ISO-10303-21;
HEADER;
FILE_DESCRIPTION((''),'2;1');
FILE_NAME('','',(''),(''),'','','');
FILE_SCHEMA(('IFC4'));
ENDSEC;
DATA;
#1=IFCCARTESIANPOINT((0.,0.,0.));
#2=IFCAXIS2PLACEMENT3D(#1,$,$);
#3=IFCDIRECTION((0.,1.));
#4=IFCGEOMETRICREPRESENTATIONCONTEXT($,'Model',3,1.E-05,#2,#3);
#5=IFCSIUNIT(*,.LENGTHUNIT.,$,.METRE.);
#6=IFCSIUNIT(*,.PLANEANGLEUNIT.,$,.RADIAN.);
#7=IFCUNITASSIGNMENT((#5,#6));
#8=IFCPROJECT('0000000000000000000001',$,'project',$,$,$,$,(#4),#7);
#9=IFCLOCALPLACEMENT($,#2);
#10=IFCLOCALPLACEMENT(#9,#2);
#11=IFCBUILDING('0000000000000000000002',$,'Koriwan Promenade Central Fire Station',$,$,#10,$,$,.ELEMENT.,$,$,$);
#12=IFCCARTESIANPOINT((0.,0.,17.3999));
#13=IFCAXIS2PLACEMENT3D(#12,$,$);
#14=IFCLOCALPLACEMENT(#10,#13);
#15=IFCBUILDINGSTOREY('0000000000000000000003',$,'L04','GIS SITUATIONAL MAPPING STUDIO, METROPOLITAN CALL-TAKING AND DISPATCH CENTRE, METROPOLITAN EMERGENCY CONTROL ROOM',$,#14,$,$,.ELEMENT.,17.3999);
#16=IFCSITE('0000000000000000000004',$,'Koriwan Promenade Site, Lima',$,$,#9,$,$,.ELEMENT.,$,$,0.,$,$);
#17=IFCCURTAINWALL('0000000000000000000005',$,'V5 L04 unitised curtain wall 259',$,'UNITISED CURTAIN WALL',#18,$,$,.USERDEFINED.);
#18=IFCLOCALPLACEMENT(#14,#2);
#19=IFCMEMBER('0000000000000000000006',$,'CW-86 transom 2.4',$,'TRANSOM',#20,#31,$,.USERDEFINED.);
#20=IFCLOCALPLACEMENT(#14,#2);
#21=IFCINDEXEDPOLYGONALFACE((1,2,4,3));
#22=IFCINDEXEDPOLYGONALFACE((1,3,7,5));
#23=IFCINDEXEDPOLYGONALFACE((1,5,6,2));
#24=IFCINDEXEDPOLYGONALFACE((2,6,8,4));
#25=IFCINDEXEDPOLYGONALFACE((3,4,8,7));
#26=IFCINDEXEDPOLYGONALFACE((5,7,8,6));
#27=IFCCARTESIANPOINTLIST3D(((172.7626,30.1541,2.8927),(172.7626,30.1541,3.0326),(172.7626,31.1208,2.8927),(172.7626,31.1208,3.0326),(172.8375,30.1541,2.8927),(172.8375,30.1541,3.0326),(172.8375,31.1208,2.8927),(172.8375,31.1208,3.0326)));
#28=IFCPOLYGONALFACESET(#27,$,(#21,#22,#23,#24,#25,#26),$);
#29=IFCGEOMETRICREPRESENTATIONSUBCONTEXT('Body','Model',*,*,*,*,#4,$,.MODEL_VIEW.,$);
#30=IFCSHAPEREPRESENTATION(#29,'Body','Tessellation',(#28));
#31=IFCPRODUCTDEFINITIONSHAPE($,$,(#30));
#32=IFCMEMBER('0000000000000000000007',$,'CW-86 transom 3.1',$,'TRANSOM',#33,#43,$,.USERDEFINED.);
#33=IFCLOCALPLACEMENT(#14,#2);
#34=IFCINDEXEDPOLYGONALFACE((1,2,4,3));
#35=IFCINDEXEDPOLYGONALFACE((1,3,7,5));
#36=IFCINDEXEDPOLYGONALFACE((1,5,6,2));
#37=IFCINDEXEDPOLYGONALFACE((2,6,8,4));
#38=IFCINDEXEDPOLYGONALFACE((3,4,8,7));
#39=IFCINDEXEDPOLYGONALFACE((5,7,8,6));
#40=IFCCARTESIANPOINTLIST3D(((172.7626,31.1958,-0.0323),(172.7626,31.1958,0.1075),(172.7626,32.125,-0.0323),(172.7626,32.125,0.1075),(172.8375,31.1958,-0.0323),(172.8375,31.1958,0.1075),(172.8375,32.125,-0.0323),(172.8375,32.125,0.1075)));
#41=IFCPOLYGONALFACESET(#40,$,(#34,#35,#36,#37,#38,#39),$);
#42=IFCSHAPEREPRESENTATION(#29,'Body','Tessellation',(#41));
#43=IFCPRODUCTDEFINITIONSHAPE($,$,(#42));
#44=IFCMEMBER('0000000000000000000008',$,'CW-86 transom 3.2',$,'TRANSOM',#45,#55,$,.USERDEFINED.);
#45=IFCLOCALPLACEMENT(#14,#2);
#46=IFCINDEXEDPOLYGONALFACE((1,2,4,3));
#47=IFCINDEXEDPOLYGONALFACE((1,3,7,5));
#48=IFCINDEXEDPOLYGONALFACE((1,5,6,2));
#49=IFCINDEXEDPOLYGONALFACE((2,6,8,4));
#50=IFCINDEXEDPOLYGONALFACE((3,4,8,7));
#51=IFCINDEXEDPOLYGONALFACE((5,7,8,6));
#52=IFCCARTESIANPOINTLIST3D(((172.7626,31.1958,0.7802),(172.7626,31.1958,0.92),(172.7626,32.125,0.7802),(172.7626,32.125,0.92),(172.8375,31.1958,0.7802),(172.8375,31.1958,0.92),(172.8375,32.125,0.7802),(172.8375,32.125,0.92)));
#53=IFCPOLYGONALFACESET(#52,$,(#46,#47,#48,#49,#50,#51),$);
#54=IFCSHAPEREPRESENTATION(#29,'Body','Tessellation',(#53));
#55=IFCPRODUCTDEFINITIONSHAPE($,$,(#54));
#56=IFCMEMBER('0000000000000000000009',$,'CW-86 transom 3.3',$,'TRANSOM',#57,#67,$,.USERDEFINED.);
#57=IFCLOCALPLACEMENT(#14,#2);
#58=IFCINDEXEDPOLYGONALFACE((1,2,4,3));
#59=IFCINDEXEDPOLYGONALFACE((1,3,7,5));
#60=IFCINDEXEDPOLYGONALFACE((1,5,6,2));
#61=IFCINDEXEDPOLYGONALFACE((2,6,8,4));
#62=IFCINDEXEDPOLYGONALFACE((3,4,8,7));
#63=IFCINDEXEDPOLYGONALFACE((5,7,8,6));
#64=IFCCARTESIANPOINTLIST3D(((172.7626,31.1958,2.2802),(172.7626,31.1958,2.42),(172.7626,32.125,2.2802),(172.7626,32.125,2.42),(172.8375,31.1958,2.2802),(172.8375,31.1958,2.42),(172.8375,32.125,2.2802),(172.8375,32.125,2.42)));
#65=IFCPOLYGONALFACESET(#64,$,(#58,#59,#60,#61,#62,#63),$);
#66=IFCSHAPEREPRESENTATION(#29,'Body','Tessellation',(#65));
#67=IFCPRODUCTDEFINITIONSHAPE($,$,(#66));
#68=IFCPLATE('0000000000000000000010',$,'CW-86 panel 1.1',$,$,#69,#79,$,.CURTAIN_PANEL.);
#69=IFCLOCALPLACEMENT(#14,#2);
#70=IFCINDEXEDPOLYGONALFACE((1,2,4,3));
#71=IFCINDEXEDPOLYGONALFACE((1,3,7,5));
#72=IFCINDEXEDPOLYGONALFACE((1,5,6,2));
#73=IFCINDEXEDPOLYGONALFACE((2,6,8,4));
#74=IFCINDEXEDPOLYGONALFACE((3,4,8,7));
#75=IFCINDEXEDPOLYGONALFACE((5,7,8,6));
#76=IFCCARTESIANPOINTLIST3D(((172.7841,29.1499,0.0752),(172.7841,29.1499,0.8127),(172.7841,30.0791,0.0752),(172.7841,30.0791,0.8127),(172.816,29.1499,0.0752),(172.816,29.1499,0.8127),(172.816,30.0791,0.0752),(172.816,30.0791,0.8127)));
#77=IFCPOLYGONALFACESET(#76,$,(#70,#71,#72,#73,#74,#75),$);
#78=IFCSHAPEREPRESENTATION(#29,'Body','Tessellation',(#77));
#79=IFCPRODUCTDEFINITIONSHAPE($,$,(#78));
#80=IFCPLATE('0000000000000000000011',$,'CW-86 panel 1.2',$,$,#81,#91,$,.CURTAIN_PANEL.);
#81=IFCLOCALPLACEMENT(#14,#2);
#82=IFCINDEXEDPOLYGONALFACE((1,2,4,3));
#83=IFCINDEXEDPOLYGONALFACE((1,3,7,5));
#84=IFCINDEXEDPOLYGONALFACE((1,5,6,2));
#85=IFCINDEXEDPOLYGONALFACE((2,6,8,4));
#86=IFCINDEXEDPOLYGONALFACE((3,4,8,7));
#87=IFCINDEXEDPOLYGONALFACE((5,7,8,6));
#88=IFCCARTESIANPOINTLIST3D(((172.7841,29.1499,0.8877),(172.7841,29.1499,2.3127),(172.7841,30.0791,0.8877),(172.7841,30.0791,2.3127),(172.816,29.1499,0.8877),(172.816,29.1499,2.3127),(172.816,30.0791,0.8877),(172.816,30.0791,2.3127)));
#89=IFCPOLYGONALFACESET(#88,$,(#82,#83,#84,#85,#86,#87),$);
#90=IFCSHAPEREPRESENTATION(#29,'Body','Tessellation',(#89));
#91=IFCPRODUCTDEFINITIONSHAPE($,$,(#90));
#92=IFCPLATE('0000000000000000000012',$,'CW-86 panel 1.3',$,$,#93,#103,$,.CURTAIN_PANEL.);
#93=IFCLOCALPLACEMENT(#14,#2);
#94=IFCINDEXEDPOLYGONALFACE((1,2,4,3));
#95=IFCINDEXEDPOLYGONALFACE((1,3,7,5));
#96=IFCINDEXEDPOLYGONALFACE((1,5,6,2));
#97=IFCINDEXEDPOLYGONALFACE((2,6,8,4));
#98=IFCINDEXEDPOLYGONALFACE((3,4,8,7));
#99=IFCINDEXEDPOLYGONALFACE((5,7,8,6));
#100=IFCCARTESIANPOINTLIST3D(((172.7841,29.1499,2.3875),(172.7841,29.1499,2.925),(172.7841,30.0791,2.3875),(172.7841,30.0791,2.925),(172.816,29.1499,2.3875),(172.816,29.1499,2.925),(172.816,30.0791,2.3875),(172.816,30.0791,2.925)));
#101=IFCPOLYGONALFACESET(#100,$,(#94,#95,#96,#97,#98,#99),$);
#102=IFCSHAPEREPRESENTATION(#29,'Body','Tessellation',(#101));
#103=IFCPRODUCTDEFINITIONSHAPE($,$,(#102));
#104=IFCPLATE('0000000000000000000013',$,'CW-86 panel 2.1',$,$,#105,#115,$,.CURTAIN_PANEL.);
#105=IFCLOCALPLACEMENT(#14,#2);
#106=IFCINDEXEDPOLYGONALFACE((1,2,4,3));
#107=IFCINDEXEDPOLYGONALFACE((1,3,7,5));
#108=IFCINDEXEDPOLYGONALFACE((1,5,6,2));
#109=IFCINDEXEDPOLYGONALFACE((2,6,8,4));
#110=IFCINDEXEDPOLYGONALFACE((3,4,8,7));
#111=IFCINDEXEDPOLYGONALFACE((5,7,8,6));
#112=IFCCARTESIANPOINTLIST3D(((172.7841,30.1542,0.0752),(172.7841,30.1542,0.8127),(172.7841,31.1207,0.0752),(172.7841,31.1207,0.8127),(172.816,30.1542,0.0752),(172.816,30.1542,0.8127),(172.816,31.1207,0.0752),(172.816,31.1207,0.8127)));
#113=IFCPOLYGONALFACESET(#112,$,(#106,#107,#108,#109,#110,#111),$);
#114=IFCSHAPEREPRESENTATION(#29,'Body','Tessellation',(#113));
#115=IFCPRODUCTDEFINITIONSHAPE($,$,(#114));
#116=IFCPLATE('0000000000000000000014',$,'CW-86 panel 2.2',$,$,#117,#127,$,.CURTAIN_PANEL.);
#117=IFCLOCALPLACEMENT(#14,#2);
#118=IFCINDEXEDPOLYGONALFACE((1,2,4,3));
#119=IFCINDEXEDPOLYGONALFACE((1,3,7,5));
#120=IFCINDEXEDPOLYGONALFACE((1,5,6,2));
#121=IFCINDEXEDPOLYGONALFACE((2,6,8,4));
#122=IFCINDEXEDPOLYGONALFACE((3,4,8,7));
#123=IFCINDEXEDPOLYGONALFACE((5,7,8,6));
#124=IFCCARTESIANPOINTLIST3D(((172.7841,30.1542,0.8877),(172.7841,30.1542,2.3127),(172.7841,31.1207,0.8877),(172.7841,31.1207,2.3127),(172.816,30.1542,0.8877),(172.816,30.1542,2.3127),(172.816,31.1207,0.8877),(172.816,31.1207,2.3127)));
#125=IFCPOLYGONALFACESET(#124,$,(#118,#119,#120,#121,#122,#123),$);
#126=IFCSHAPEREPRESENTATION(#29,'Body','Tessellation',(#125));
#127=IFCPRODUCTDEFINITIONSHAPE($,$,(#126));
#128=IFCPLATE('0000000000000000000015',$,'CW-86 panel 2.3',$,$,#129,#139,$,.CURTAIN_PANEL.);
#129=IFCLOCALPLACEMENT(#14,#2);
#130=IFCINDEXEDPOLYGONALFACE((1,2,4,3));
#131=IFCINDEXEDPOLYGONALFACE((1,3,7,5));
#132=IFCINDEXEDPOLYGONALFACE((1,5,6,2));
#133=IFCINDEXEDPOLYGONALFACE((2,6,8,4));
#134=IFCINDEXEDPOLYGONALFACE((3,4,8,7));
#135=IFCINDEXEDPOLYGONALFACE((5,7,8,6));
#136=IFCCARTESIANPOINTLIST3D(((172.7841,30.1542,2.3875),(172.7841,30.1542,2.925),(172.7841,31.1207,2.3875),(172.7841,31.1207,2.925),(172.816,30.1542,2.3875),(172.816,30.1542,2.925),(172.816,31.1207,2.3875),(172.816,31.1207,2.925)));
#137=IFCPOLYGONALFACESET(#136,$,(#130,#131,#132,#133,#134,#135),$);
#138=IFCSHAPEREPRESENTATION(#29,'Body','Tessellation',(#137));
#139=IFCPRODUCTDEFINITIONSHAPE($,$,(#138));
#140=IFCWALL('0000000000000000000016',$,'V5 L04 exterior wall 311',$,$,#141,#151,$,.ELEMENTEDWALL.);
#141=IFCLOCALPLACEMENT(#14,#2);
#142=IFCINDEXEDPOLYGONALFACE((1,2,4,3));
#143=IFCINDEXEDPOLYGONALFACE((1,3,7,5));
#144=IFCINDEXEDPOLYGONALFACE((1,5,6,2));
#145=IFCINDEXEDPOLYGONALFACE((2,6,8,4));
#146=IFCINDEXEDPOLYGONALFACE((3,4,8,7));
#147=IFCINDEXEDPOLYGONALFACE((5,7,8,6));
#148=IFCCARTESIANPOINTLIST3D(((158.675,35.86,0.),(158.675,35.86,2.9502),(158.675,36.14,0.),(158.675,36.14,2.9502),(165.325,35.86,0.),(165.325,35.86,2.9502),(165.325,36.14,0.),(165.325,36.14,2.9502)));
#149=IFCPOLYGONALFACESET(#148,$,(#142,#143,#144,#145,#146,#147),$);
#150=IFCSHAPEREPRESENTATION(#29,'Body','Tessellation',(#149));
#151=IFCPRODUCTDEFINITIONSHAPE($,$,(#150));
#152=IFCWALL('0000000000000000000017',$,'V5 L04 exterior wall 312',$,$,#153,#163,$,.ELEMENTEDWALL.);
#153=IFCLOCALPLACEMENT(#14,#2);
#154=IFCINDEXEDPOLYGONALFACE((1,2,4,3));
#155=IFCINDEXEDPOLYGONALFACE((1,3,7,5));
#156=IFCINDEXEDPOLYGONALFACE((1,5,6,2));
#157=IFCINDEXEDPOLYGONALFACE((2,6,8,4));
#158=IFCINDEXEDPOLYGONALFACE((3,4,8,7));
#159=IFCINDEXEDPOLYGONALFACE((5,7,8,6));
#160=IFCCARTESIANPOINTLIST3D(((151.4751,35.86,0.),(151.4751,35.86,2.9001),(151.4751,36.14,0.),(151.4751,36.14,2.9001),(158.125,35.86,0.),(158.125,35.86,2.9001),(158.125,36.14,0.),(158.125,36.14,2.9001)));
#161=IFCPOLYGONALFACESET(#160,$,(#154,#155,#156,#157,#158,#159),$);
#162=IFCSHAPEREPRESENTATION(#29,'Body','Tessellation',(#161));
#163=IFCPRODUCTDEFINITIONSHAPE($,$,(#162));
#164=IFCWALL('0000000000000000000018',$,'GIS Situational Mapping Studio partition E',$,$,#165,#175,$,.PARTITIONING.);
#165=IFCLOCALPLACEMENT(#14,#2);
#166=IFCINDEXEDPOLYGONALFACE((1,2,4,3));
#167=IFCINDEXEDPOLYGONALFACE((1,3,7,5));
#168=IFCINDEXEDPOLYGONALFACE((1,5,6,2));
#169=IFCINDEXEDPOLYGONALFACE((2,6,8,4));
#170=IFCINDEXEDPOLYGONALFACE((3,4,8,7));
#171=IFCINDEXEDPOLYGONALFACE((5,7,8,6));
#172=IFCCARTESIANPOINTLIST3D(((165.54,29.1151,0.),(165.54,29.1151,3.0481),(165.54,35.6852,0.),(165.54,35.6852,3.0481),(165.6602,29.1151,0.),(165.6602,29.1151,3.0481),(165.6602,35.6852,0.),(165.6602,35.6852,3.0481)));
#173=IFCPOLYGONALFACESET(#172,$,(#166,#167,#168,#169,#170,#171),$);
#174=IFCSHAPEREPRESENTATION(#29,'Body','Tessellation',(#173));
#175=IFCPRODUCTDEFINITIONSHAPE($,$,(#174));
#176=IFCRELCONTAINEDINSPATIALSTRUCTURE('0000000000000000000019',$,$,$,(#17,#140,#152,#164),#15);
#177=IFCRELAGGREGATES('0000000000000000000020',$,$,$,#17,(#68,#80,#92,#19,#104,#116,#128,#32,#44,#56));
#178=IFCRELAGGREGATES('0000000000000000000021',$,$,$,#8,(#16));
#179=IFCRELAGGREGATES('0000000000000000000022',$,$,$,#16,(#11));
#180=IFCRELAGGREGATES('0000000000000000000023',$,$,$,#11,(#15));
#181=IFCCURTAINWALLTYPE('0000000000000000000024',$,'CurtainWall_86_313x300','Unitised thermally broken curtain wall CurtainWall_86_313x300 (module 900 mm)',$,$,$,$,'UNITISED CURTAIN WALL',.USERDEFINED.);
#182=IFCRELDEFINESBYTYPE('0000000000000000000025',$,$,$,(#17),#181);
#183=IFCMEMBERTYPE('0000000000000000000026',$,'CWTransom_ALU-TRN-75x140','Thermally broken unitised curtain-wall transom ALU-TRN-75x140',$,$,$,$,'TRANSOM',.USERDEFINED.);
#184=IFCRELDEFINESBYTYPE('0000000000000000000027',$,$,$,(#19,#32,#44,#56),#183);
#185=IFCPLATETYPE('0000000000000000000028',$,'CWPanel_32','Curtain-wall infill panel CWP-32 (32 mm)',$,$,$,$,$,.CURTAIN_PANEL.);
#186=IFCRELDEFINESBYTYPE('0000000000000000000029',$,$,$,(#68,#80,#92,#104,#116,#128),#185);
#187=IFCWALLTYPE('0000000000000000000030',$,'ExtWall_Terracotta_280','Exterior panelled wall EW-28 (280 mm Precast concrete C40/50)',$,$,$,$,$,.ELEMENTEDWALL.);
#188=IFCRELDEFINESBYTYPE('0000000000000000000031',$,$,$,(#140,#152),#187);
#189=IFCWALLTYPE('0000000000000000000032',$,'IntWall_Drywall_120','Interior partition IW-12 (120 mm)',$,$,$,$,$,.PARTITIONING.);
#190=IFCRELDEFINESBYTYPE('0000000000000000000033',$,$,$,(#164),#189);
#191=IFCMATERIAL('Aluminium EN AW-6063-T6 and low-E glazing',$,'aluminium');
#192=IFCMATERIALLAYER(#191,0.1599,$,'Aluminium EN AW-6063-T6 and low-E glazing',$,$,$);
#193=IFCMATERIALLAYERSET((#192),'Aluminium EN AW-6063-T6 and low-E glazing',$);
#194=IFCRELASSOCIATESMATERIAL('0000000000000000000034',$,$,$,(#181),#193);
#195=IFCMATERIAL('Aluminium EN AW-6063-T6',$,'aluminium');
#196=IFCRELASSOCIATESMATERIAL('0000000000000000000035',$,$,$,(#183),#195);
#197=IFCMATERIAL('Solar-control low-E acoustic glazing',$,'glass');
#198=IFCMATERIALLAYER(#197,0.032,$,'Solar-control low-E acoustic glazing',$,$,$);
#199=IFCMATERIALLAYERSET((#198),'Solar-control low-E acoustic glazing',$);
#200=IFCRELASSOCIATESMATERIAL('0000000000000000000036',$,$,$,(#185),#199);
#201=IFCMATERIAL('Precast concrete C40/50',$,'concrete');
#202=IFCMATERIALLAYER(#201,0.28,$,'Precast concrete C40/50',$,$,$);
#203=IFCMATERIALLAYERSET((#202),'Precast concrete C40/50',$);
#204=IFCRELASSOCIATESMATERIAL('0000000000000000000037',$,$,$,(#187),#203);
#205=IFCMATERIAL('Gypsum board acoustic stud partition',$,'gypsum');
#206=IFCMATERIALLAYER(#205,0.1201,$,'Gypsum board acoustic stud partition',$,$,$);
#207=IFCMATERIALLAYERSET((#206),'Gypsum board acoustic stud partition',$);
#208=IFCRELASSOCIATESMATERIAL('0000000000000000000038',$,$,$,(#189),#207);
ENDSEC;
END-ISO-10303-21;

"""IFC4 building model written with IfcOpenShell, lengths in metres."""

from ifc_helpers import new_model, si_unit, direction, frame, frame_2d, origin, origin_2d, place, context, subcontext, project, spatial, rectangle, extrude, material, layer, layer_set, material_profile, profile_set, type_object, element, aggregate, save


model = new_model("IFC4")

# Units and contexts
model_context = context("Model", 3, precision=1e-05, world=origin(), true_north=direction((0.0, 1.0)))
body_context = subcontext(model_context, "Body", "Model", "MODEL_VIEW")
ifc_project = project(units=[si_unit("LENGTHUNIT", "METRE"), si_unit("PLANEANGLEUNIT", "RADIAN")], contexts=[model_context])

# Site, building, storey
site_placement = place(None, origin())
site = spatial("IfcSite", under=ifc_project, at=site_placement, Name="Koriwan Promenade Site, Lima", CompositionType="ELEMENT", RefElevation=0.0)
building_placement = place(site_placement, origin())
building = spatial("IfcBuilding", under=site, at=building_placement, Name="Koriwan Promenade Central Fire Station", CompositionType="ELEMENT")
storey_placement = place(building_placement, frame((0.0, 0.0, 17.3999)))
storey = spatial("IfcBuildingStorey", under=building, at=storey_placement, Name="L04", Description="GIS SITUATIONAL MAPPING STUDIO, METROPOLITAN CALL-TAKING AND DISPATCH CENTRE, METROPOLITAN EMERGENCY CONTROL ROOM", CompositionType="ELEMENT", Elevation=17.3999)

# Curtain wall, members, plates
ifc_material_1 = material(Name="Aluminium EN AW-6063-T6 and low-E glazing", Category="aluminium")
ifc_layer_1 = layer(ifc_material_1, 0.1599, Name="Aluminium EN AW-6063-T6 and low-E glazing")
ifc_layer_set_1 = layer_set([ifc_layer_1], Name="Aluminium EN AW-6063-T6 and low-E glazing")
curtain_wall_type = type_object("IfcCurtainWallType", Name="CurtainWall_86_313x300", Description="Unitised thermally broken curtain wall CurtainWall_86_313x300 (module 900 mm)", ElementType="UNITISED CURTAIN WALL", PredefinedType="USERDEFINED", material=ifc_layer_set_1)
curtain_wall_placement = place(storey_placement, origin())
curtain_wall = element("IfcCurtainWall", 1, at=curtain_wall_placement, inside=storey, type_object=curtain_wall_type, Name="V5 L04 unitised curtain wall 259", ObjectType="UNITISED CURTAIN WALL", PredefinedType="USERDEFINED")
ifc_material_2 = material(Name="Aluminium EN AW-6063-T6", Category="aluminium")
ifc_material_profile_1 = material_profile(ifc_material_2, rectangle(XDim=0.075, YDim=0.1399, at=origin_2d()), Name="ALU-TRN-75x140")
ifc_profile_set_1 = profile_set([ifc_material_profile_1], Name="Aluminium EN AW-6063-T6")
member_type_1 = type_object("IfcMemberType", Name="CWTransom_ALU-TRN-75x140", Description="Thermally broken unitised curtain-wall transom ALU-TRN-75x140", ElementType="TRANSOM", PredefinedType="USERDEFINED", material=ifc_profile_set_1)
member_1_placement = place(storey_placement, frame((172.8, 30.1541, 2.9626), z_axis=(0.0, 1.0, 0.0), x_axis=(-1.0, 0.0, 0.0)))
member_1 = element("IfcMember", 2, at=member_1_placement, type_object=member_type_1, Name="CW-86 transom 2.4", ObjectType="TRANSOM", PredefinedType="USERDEFINED", context=body_context, shape_type="SweptSolid", body=[
    extrude(rectangle(XDim=0.075, YDim=0.1399, at=origin_2d()), origin(), (0.0, 0.0, 1.0), 0.9668),
])
member_2_placement = place(storey_placement, frame((172.8, 31.1958, 0.0376), z_axis=(0.0, 1.0, 0.0), x_axis=(-1.0, 0.0, 0.0)))
member_2 = element("IfcMember", 3, at=member_2_placement, type_object=member_type_1, Name="CW-86 transom 3.1", ObjectType="TRANSOM", PredefinedType="USERDEFINED", context=body_context, shape_type="SweptSolid", body=[
    extrude(rectangle(XDim=0.075, YDim=0.1399, at=origin_2d()), origin(), (0.0, 0.0, 1.0), 0.9292),
])
member_3_placement = place(storey_placement, frame((172.8, 31.1958, 0.8501), z_axis=(0.0, 1.0, 0.0), x_axis=(-1.0, 0.0, 0.0)))
member_3 = element("IfcMember", 4, at=member_3_placement, type_object=member_type_1, Name="CW-86 transom 3.2", ObjectType="TRANSOM", PredefinedType="USERDEFINED", context=body_context, shape_type="SweptSolid", body=[
    extrude(rectangle(XDim=0.075, YDim=0.1399, at=origin_2d()), origin(), (0.0, 0.0, 1.0), 0.9292),
])
member_4_placement = place(storey_placement, frame((172.8, 31.1958, 2.3501), z_axis=(0.0, 1.0, 0.0), x_axis=(-1.0, 0.0, 0.0)))
member_4 = element("IfcMember", 5, at=member_4_placement, type_object=member_type_1, Name="CW-86 transom 3.3", ObjectType="TRANSOM", PredefinedType="USERDEFINED", context=body_context, shape_type="SweptSolid", body=[
    extrude(rectangle(XDim=0.075, YDim=0.1399, at=origin_2d()), origin(), (0.0, 0.0, 1.0), 0.9292),
])
ifc_material_3 = material(Name="Solar-control low-E acoustic glazing", Category="glass")
ifc_layer_2 = layer(ifc_material_3, 0.032, Name="Solar-control low-E acoustic glazing")
ifc_layer_set_2 = layer_set([ifc_layer_2], Name="Solar-control low-E acoustic glazing")
plate_type = type_object("IfcPlateType", Name="CWPanel_32", Description="Curtain-wall infill panel CWP-32 (32 mm)", PredefinedType="CURTAIN_PANEL", material=ifc_layer_set_2)
plate_1_placement = place(storey_placement, frame((172.8, 29.6145, 0.0752), z_axis=(0.0, 0.0, 1.0), x_axis=(0.0, 1.0, 0.0)))
plate_1 = element("IfcPlate", 6, at=plate_1_placement, type_object=plate_type, Name="CW-86 panel 1.1", PredefinedType="CURTAIN_PANEL", context=body_context, shape_type="SweptSolid", body=[
    extrude(rectangle(XDim=0.9292, YDim=0.032, at=origin_2d()), origin(), (0.0, 0.0, 1.0), 0.7375),
])
plate_2_placement = place(storey_placement, frame((172.8, 29.6145, 0.8877), z_axis=(0.0, 0.0, 1.0), x_axis=(0.0, 1.0, 0.0)))
plate_2 = element("IfcPlate", 7, at=plate_2_placement, type_object=plate_type, Name="CW-86 panel 1.2", PredefinedType="CURTAIN_PANEL", context=body_context, shape_type="SweptSolid", body=[
    extrude(rectangle(XDim=0.9292, YDim=0.032, at=origin_2d()), origin(), (0.0, 0.0, 1.0), 1.425),
])
plate_3_placement = place(storey_placement, frame((172.8, 29.6145, 2.3875), z_axis=(0.0, 0.0, 1.0), x_axis=(0.0, 1.0, 0.0)))
plate_3 = element("IfcPlate", 8, at=plate_3_placement, type_object=plate_type, Name="CW-86 panel 1.3", PredefinedType="CURTAIN_PANEL", context=body_context, shape_type="SweptSolid", body=[
    extrude(rectangle(XDim=0.9292, YDim=0.032, at=origin_2d()), origin(), (0.0, 0.0, 1.0), 0.5376),
])
plate_4_placement = place(storey_placement, frame((172.8, 30.6375, 0.0752), z_axis=(0.0, 0.0, 1.0), x_axis=(0.0, 1.0, 0.0)))
plate_4 = element("IfcPlate", 9, at=plate_4_placement, type_object=plate_type, Name="CW-86 panel 2.1", PredefinedType="CURTAIN_PANEL", context=body_context, shape_type="SweptSolid", body=[
    extrude(rectangle(XDim=0.9666, YDim=0.032, at=origin_2d()), origin(), (0.0, 0.0, 1.0), 0.7375),
])
plate_5_placement = place(storey_placement, frame((172.8, 30.6375, 0.8877), z_axis=(0.0, 0.0, 1.0), x_axis=(0.0, 1.0, 0.0)))
plate_5 = element("IfcPlate", 10, at=plate_5_placement, type_object=plate_type, Name="CW-86 panel 2.2", PredefinedType="CURTAIN_PANEL", context=body_context, shape_type="SweptSolid", body=[
    extrude(rectangle(XDim=0.9666, YDim=0.032, at=origin_2d()), origin(), (0.0, 0.0, 1.0), 1.425),
])
plate_6_placement = place(storey_placement, frame((172.8, 30.6375, 2.3875), z_axis=(0.0, 0.0, 1.0), x_axis=(0.0, 1.0, 0.0)))
plate_6 = element("IfcPlate", 11, at=plate_6_placement, type_object=plate_type, Name="CW-86 panel 2.3", PredefinedType="CURTAIN_PANEL", context=body_context, shape_type="SweptSolid", body=[
    extrude(rectangle(XDim=0.9666, YDim=0.032, at=origin_2d()), origin(), (0.0, 0.0, 1.0), 0.5376),
])
aggregate(curtain_wall, [plate_1, plate_2, plate_3, member_1, plate_4, plate_5, plate_6, member_2, member_3, member_4])

# Shared definitions
ifc_material_4 = material(Name="Precast concrete C40/50", Category="concrete")
ifc_layer_3 = layer(ifc_material_4, 0.28, Name="Precast concrete C40/50")
ifc_layer_set_3 = layer_set([ifc_layer_3], Name="Precast concrete C40/50")
wall_type_1 = type_object("IfcWallType", Name="ExtWall_Terracotta_280", Description="Exterior panelled wall EW-28 (280 mm Precast concrete C40/50)", PredefinedType="ELEMENTEDWALL", material=ifc_layer_set_3)

# Walls
wall_1_placement = place(storey_placement, frame((165.325, 36.0, 0.0), z_axis=(0.0, 0.0, 1.0), x_axis=(-1.0, 0.0, 0.0)))
element("IfcWall", 12, at=wall_1_placement, inside=storey, type_object=wall_type_1, Name="V5 L04 exterior wall 311", PredefinedType="ELEMENTEDWALL", context=body_context, shape_type="SweptSolid", body=[
    extrude(rectangle(XDim=6.6499, YDim=0.28, at=frame_2d((3.325, 0.0))), origin(), (0.0, 0.0, 1.0), 2.9502),
])
wall_2_placement = place(storey_placement, frame((158.125, 36.0, 0.0), z_axis=(0.0, 0.0, 1.0), x_axis=(-1.0, 0.0, 0.0)))
element("IfcWall", 13, at=wall_2_placement, inside=storey, type_object=wall_type_1, Name="V5 L04 exterior wall 312", PredefinedType="ELEMENTEDWALL", context=body_context, shape_type="SweptSolid", body=[
    extrude(rectangle(XDim=6.6499, YDim=0.28, at=frame_2d((3.325, 0.0))), origin(), (0.0, 0.0, 1.0), 2.9001),
])
ifc_material_5 = material(Name="Gypsum board acoustic stud partition", Category="gypsum")
ifc_layer_4 = layer(ifc_material_5, 0.1201, Name="Gypsum board acoustic stud partition")
ifc_layer_set_4 = layer_set([ifc_layer_4], Name="Gypsum board acoustic stud partition")
wall_type_2 = type_object("IfcWallType", Name="IntWall_Drywall_120", Description="Interior partition IW-12 (120 mm)", PredefinedType="PARTITIONING", material=ifc_layer_set_4)
wall_3_placement = place(storey_placement, frame((165.6001, 29.115, 0.0), z_axis=(0.0, 0.0, 1.0), x_axis=(0.0, 1.0, 0.0)))
element("IfcWall", 14, at=wall_3_placement, inside=storey, type_object=wall_type_2, Name="GIS Situational Mapping Studio partition E", PredefinedType="PARTITIONING", context=body_context, shape_type="SweptSolid", body=[
    extrude(rectangle(XDim=6.5701, YDim=0.1201, at=frame_2d((3.2852, 0.0))), origin(), (0.0, 0.0, 1.0), 3.0481),
])

save(model, "model.ifc")
